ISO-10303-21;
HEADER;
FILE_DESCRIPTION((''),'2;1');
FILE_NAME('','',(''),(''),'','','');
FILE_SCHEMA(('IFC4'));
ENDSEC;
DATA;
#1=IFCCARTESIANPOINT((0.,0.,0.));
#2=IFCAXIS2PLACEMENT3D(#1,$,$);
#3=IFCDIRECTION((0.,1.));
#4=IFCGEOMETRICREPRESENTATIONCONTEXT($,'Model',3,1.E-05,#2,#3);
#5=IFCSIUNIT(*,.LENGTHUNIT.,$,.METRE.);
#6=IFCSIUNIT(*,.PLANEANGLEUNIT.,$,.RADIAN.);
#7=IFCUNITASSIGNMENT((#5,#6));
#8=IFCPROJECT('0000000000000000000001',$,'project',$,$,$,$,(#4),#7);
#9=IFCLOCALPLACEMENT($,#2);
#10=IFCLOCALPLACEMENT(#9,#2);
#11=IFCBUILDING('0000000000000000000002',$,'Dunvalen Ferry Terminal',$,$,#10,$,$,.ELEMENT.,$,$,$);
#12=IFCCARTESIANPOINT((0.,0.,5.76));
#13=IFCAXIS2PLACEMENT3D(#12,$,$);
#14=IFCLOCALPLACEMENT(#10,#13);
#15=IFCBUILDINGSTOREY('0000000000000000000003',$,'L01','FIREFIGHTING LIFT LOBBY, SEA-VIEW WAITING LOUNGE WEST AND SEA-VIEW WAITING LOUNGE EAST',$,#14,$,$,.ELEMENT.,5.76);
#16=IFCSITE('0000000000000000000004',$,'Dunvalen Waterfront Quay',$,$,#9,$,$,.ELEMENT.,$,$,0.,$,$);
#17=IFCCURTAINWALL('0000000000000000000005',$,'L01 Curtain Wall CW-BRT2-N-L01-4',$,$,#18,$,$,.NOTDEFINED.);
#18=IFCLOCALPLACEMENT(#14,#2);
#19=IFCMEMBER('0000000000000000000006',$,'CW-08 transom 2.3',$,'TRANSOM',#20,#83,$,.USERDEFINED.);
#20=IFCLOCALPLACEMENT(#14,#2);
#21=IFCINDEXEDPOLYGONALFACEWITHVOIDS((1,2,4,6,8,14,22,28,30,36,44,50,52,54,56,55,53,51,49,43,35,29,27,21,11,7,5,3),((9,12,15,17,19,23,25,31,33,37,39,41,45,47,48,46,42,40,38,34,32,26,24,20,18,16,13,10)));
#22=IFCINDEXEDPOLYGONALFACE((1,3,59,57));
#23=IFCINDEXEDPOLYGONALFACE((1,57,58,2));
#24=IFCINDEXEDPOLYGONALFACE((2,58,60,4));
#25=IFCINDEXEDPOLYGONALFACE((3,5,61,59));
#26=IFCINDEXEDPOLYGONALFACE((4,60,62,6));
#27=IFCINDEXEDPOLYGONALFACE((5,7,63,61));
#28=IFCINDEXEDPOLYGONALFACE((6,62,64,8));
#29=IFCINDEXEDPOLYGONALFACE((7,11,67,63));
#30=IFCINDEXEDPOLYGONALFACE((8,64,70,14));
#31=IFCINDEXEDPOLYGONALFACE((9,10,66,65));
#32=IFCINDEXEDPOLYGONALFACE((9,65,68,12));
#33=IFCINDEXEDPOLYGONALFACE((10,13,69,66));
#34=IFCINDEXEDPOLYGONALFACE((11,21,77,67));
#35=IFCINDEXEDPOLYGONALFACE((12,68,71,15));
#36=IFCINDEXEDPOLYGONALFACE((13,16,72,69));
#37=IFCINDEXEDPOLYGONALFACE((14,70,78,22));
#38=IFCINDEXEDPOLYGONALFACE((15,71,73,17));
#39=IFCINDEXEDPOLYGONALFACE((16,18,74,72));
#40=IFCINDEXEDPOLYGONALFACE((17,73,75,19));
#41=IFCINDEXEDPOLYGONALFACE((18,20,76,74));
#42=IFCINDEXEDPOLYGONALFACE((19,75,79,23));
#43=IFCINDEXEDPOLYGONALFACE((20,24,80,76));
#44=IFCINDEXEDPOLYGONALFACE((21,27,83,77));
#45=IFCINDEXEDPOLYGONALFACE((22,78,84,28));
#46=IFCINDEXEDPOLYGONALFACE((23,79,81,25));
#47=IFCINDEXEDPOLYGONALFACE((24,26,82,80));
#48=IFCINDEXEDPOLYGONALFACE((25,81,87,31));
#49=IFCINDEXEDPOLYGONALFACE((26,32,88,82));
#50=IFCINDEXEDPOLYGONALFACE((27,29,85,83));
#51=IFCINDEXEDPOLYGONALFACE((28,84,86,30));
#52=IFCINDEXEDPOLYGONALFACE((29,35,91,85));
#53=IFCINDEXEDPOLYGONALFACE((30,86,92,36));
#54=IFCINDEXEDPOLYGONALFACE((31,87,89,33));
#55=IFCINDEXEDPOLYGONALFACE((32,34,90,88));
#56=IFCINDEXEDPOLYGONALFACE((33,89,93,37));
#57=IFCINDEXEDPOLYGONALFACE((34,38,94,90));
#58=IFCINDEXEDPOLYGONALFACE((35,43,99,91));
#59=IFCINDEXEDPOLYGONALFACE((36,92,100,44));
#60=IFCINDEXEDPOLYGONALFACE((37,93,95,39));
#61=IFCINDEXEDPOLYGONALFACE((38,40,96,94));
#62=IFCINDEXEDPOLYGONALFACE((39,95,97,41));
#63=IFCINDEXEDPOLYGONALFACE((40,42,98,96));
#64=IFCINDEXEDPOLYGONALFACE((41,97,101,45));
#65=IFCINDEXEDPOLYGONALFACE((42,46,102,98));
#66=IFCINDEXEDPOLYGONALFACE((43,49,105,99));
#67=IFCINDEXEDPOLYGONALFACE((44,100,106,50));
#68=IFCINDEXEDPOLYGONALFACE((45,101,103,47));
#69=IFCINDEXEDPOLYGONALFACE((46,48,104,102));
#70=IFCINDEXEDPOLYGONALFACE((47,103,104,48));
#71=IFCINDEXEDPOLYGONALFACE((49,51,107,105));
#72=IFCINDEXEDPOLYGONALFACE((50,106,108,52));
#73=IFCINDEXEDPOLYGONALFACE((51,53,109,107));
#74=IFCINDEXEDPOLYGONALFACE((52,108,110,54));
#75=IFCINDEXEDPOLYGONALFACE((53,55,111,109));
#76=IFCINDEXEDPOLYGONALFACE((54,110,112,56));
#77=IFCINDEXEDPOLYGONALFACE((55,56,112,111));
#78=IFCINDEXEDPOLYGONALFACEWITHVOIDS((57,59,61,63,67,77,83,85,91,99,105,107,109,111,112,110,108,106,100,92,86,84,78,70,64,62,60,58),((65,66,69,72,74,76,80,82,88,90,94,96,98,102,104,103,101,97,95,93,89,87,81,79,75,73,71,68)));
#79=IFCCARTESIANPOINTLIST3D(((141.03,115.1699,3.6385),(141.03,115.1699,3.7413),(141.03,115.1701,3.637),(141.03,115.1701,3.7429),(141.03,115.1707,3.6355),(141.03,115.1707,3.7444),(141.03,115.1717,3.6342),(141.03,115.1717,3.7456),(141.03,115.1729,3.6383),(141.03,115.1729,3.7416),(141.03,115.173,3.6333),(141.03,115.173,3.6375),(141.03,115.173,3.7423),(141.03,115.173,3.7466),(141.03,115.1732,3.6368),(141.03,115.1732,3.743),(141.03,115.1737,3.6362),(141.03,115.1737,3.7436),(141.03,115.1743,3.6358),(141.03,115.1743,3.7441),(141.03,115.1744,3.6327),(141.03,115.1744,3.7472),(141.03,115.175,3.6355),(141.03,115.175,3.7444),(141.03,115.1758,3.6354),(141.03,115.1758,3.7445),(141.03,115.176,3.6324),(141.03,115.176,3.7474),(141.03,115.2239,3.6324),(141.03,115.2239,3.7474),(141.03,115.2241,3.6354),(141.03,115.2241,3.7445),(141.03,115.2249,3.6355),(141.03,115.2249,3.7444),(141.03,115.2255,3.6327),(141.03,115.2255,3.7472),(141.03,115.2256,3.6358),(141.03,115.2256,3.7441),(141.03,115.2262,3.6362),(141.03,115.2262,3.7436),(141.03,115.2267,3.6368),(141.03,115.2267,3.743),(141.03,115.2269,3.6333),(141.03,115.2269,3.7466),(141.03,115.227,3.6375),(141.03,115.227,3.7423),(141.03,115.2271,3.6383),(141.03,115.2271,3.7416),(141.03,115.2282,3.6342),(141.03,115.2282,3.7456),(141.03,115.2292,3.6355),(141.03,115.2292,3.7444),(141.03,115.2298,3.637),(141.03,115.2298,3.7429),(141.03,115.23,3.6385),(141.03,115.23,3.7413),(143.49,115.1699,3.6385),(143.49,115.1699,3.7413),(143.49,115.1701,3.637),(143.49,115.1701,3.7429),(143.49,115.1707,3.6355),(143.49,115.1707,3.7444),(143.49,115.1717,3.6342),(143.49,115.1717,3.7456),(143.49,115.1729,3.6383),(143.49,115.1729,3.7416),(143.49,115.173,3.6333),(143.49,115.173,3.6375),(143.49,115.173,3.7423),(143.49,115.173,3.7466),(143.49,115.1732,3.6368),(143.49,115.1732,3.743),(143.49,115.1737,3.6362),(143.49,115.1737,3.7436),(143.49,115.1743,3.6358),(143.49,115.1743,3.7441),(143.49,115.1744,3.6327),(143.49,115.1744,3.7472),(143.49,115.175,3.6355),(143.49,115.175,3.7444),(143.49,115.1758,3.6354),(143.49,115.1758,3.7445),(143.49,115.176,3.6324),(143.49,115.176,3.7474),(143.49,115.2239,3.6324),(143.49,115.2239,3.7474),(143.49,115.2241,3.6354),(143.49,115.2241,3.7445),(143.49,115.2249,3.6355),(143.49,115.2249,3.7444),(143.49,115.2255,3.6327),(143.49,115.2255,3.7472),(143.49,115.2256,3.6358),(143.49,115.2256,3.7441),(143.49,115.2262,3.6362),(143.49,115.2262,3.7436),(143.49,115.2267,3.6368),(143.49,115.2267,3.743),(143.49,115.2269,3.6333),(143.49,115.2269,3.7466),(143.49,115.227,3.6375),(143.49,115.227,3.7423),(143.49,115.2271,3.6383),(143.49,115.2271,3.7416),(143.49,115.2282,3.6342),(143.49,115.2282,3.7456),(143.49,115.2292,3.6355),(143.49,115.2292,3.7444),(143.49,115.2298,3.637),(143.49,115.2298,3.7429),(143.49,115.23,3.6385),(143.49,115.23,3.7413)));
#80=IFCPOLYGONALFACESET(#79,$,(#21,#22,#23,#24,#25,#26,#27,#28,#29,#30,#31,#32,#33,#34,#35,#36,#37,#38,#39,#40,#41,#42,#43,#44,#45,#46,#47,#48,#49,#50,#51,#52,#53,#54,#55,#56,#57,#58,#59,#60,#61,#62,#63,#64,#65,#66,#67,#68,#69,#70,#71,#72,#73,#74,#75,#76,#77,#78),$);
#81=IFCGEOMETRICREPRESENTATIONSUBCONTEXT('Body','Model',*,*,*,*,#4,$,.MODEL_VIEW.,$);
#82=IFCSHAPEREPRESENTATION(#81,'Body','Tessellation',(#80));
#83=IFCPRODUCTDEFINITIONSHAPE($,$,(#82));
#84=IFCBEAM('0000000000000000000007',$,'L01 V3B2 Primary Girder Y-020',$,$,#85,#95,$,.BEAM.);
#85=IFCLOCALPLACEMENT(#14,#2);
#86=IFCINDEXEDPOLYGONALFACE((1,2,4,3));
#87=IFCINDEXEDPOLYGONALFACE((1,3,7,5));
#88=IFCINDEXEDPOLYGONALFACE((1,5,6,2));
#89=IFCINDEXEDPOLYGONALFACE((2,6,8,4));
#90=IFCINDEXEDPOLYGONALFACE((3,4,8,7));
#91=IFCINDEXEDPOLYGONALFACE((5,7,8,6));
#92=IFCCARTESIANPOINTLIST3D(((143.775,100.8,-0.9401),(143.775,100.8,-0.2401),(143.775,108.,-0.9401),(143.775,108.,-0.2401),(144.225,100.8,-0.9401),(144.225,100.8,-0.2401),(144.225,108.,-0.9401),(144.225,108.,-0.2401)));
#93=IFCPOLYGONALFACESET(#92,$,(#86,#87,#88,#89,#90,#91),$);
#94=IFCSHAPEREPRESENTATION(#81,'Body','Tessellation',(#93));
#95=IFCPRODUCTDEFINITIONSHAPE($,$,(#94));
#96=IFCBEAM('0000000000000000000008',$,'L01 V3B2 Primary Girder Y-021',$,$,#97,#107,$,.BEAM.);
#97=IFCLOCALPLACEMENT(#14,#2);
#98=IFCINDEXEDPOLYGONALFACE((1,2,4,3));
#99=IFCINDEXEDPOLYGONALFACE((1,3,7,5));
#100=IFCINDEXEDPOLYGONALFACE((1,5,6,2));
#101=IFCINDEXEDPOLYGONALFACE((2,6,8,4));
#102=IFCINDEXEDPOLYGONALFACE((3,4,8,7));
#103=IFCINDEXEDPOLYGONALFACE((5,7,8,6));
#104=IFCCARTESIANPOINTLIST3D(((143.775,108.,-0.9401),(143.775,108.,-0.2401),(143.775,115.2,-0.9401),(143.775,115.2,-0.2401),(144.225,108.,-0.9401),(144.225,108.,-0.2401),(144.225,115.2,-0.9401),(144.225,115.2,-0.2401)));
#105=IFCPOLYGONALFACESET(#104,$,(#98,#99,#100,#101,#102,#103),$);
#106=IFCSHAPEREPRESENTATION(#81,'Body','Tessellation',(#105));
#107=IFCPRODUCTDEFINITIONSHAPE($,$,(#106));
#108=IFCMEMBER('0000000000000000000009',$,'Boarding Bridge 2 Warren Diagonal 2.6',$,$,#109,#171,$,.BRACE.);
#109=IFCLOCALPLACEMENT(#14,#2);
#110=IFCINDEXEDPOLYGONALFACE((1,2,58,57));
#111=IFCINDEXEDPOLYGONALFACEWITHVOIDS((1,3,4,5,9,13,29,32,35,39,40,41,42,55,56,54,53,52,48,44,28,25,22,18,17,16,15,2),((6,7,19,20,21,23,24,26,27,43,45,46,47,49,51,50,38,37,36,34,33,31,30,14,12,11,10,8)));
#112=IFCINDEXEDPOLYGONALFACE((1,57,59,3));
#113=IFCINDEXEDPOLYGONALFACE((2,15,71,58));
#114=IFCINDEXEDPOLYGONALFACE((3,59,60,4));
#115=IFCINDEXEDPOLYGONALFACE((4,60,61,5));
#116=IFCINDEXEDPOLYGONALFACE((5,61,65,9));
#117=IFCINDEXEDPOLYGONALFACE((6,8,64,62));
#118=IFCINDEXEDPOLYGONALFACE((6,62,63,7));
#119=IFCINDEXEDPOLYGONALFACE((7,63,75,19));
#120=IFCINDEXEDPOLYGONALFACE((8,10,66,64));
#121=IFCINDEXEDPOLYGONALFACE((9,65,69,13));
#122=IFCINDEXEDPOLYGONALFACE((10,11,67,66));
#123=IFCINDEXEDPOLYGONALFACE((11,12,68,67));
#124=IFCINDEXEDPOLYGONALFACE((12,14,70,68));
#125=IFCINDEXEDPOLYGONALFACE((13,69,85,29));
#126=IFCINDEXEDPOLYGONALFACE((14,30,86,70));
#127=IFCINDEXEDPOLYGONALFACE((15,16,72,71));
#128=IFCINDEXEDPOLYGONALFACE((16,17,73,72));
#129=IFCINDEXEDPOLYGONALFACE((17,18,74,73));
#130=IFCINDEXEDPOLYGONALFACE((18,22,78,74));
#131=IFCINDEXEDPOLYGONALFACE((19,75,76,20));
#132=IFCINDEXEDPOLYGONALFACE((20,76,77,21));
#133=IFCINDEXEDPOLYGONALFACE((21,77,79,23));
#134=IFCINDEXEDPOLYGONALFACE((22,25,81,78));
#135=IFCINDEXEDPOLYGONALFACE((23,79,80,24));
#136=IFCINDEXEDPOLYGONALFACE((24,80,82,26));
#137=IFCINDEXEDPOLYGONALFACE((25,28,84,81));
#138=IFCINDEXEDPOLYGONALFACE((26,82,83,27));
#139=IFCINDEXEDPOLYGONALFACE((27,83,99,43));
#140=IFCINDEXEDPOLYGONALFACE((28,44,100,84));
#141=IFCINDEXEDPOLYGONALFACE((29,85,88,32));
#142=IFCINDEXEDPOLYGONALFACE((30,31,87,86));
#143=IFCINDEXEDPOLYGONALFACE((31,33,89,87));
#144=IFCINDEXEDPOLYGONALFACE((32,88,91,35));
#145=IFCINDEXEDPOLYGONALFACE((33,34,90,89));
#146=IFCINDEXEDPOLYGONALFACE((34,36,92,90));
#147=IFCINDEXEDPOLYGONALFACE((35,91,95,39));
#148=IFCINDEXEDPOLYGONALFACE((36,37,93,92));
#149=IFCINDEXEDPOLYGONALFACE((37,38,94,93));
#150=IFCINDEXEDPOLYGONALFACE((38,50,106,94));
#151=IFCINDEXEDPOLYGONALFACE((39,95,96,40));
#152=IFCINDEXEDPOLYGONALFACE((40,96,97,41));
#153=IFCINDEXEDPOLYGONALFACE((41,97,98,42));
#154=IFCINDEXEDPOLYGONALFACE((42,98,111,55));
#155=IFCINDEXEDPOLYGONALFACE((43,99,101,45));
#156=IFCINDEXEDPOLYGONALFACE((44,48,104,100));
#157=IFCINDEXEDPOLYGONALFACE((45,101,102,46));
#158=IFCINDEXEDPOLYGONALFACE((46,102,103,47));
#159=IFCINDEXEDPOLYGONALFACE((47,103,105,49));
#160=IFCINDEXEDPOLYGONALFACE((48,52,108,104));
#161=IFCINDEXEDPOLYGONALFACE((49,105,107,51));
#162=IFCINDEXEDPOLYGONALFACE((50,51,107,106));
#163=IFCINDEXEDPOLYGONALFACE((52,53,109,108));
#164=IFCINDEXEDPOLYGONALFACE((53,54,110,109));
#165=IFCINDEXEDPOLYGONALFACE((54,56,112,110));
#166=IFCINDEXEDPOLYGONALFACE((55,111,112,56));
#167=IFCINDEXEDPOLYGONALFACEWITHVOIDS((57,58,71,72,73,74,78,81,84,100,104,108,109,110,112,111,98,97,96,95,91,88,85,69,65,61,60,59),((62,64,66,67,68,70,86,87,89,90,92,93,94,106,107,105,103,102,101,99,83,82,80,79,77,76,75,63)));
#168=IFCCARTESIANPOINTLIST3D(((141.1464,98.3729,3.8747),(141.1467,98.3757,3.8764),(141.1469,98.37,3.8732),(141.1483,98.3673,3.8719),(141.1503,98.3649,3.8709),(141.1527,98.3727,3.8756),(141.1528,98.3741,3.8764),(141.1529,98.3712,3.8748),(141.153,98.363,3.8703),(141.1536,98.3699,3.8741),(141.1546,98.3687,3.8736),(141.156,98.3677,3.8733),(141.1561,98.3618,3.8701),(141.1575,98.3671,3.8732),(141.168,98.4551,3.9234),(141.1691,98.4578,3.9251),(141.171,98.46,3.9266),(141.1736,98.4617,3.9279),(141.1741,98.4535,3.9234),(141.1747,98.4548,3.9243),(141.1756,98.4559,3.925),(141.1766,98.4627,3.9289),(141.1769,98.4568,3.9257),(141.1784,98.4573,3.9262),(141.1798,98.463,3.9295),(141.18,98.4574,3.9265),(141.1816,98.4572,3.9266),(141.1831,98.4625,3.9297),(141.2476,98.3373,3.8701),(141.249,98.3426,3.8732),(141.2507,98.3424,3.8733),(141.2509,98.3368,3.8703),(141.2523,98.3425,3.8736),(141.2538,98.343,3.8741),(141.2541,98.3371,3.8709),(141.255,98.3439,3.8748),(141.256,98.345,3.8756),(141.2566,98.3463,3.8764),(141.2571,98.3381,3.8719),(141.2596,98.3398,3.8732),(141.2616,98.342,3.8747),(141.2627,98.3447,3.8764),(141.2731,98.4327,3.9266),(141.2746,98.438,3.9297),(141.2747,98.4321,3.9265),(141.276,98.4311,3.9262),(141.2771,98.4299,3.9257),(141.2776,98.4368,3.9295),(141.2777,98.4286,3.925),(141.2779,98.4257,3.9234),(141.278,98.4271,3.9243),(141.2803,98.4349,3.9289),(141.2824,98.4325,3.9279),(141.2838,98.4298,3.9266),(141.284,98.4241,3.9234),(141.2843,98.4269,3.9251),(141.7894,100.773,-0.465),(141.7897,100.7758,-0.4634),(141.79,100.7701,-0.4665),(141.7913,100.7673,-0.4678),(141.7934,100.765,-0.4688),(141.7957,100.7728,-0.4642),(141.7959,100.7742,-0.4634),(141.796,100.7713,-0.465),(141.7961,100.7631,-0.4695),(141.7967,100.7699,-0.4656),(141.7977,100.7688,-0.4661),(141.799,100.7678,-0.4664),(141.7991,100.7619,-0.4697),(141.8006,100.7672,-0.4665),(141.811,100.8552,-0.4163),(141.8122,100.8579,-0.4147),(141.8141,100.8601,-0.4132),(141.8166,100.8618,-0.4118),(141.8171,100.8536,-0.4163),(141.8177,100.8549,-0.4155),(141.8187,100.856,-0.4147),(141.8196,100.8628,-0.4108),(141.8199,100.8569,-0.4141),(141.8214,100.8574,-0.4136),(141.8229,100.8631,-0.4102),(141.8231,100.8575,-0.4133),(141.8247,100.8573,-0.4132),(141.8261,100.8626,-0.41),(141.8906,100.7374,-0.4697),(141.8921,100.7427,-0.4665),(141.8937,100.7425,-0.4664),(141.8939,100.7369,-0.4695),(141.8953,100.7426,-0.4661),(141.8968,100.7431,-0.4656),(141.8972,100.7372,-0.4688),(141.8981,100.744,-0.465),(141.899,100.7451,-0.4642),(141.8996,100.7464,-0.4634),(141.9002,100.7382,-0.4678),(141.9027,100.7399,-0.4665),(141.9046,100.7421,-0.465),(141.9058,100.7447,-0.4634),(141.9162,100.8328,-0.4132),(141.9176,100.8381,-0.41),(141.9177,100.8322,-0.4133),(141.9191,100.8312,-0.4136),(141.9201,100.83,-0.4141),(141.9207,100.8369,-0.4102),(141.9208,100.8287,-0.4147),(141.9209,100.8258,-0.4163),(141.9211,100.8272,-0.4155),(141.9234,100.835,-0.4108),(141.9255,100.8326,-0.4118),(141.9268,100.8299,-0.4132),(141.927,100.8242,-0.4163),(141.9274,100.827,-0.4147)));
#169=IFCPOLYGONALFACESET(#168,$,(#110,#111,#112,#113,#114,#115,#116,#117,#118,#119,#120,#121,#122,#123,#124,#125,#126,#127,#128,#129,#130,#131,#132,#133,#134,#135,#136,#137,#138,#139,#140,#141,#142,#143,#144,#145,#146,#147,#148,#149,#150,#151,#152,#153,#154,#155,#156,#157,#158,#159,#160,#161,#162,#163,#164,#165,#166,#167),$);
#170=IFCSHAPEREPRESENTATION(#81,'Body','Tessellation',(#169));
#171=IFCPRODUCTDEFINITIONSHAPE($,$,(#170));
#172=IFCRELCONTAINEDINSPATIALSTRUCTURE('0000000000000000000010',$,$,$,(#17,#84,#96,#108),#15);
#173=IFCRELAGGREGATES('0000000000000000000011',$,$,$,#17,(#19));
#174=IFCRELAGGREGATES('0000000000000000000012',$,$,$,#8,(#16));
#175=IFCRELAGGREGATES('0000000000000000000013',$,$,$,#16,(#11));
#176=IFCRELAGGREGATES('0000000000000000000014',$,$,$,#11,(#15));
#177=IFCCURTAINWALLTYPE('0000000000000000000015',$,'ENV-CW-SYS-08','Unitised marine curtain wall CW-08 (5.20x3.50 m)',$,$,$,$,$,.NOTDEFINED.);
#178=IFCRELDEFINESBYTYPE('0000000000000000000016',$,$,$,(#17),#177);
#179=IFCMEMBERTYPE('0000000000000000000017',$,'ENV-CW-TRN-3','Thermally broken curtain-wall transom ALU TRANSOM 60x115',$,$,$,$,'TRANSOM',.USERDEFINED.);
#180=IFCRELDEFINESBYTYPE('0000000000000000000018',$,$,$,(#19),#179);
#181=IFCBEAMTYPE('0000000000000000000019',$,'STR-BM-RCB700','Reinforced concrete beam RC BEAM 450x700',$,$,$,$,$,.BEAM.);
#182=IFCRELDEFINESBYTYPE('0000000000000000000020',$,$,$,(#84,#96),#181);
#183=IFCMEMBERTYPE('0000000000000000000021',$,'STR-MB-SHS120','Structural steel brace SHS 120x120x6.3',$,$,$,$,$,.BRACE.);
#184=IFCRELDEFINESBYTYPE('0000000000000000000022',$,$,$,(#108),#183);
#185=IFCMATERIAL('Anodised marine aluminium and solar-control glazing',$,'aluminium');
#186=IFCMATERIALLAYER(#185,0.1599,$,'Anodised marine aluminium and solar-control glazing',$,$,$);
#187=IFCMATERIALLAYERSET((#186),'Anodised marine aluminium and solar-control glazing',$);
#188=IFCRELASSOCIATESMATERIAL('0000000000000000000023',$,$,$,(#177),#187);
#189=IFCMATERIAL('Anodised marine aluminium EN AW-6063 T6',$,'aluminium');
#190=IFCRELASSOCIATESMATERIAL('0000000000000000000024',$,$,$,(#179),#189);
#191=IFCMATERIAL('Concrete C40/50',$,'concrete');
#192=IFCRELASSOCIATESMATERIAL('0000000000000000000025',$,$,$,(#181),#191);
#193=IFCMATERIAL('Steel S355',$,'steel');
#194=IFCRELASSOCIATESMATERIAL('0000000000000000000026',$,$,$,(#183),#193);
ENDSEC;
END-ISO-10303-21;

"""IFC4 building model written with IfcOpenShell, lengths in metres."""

from ifc_helpers import new_model, si_unit, direction, frame, origin, origin_2d, place, context, subcontext, project, spatial, rectangle, hollow_rectangle, extrude, material, layer, layer_set, material_profile, profile_set, type_object, element, aggregate, save


model = new_model("IFC4")

# Units and contexts
model_context = context("Model", 3, precision=1e-05, world=origin(), true_north=direction((0.0, 1.0)))
body_context = subcontext(model_context, "Body", "Model", "MODEL_VIEW")
ifc_project = project(units=[si_unit("LENGTHUNIT", "METRE"), si_unit("PLANEANGLEUNIT", "RADIAN")], contexts=[model_context])

# Site, building, storey
site_placement = place(None, origin())
site = spatial("IfcSite", under=ifc_project, at=site_placement, Name="Dunvalen Waterfront Quay", CompositionType="ELEMENT", RefElevation=0.0)
building_placement = place(site_placement, origin())
building = spatial("IfcBuilding", under=site, at=building_placement, Name="Dunvalen Ferry Terminal", CompositionType="ELEMENT")
storey_placement = place(building_placement, frame((0.0, 0.0, 5.76)))
storey = spatial("IfcBuildingStorey", under=building, at=storey_placement, Name="L01", Description="FIREFIGHTING LIFT LOBBY, SEA-VIEW WAITING LOUNGE WEST AND SEA-VIEW WAITING LOUNGE EAST", CompositionType="ELEMENT", Elevation=5.76)

# Curtain wall
ifc_material_1 = material(Name="Anodised marine aluminium and solar-control glazing", Category="aluminium")
ifc_material_2 = material(Name="Anodised marine aluminium EN AW-6063 T6", Category="aluminium")
ifc_layer_1 = layer(ifc_material_1, 0.1599, Name="Anodised marine aluminium and solar-control glazing")
ifc_layer_set_1 = layer_set([ifc_layer_1], Name="Anodised marine aluminium and solar-control glazing")
curtain_wall_type_1 = type_object("IfcCurtainWallType", Name="ENV-CW-SYS-08", Description="Unitised marine curtain wall CW-08 (5.20x3.50 m)", PredefinedType="NOTDEFINED", material=ifc_layer_set_1)
curtain_wall_1_placement = place(storey_placement, origin())
curtain_wall_1 = element("IfcCurtainWall", 1, at=curtain_wall_1_placement, inside=storey, type_object=curtain_wall_type_1, Name="L01 Curtain Wall CW-BRT2-N-L01-4", PredefinedType="NOTDEFINED")

# Member
ifc_material_profile_1 = material_profile(ifc_material_2, hollow_rectangle(XDim=0.0601, YDim=0.115, WallThickness=0.0029, InnerFilletRadius=0.0029, OuterFilletRadius=0.0061, at=origin_2d()), Name="Anodised marine aluminium EN AW-6063 T6")
ifc_profile_set_1 = profile_set([ifc_material_profile_1], Name="Anodised marine aluminium EN AW-6063 T6")
member_type_1 = type_object("IfcMemberType", Name="ENV-CW-TRN-3", Description="Thermally broken curtain-wall transom ALU TRANSOM 60x115", ElementType="TRANSOM", PredefinedType="USERDEFINED", material=ifc_profile_set_1)
member_1_placement = place(storey_placement, frame((141.03, 115.2, 3.6899), z_axis=(1.0, 0.0, 0.0), x_axis=(0.0, 1.0, 0.0)))
member_1 = element("IfcMember", 2, at=member_1_placement, type_object=member_type_1, Name="CW-08 transom 2.3", ObjectType="TRANSOM", PredefinedType="USERDEFINED", context=body_context, shape_type="SweptSolid", body=[
    extrude(hollow_rectangle(XDim=0.0601, YDim=0.115, WallThickness=0.0029, InnerFilletRadius=0.0029, OuterFilletRadius=0.0061, at=origin_2d()), origin(), (0.0, 0.0, 1.0), 2.46),
])

# Beams
ifc_material_3 = material(Name="Concrete C40/50", Category="concrete")
ifc_material_profile_2 = material_profile(ifc_material_3, rectangle(XDim=0.45, YDim=0.7, at=origin_2d()), Name="Concrete C40/50")
ifc_profile_set_2 = profile_set([ifc_material_profile_2], Name="Concrete C40/50")
beam_type = type_object("IfcBeamType", Name="STR-BM-RCB700", Description="Reinforced concrete beam RC BEAM 450x700", PredefinedType="BEAM", material=ifc_profile_set_2)
for number, where, z_axis, x_axis, name in (
    (3, (144.0, 100.8, -0.5901), (0.0, 1.0, 0.0), (-1.0, 0.0, 0.0), "L01 V3B2 Primary Girder Y-020"),
    (4, (144.0, 108.0, -0.5901), (0.0, 1.0, 0.0), (-1.0, 0.0, 0.0), "L01 V3B2 Primary Girder Y-021"),
):
    element("IfcBeam", number, at=place(storey_placement, frame(where, z_axis=z_axis, x_axis=x_axis)), inside=storey, type_object=beam_type, Name=name, PredefinedType="BEAM", context=body_context, shape_type="SweptSolid", body=[
        extrude(rectangle(XDim=0.45, YDim=0.7, at=origin_2d()), origin(), (0.0, 0.0, 1.0), 7.2),
    ])

# Member
ifc_material_4 = material(Name="Steel S355", Category="steel")
ifc_material_profile_3 = material_profile(ifc_material_4, hollow_rectangle(XDim=0.1201, YDim=0.1201, WallThickness=0.0063, InnerFilletRadius=0.0063, OuterFilletRadius=0.0127, at=origin_2d()), Name="Steel S355")
ifc_profile_set_3 = profile_set([ifc_material_profile_3], Name="Steel S355")
member_type_2 = type_object("IfcMemberType", Name="STR-MB-SHS120", Description="Structural steel brace SHS 120x120x6.3", PredefinedType="BRACE", material=ifc_profile_set_3)
member_2_placement = place(storey_placement, frame((141.2153, 98.3999, 3.8999), z_axis=(0.128591, 0.479948, -0.867822), x_axis=(-0.965931, 0.2588, 0.0)))
element("IfcMember", 5, at=member_2_placement, inside=storey, type_object=member_type_2, Name="Boarding Bridge 2 Warren Diagonal 2.6", PredefinedType="BRACE", context=body_context, shape_type="SweptSolid", body=[
    extrude(hollow_rectangle(XDim=0.1201, YDim=0.1201, WallThickness=0.0063, InnerFilletRadius=0.0063, OuterFilletRadius=0.0127, at=origin_2d()), origin(), (0.0, 0.0, 1.0), 5.0007),
])

aggregate(curtain_wall_1, [member_1])

save(model, "model.ifc")
